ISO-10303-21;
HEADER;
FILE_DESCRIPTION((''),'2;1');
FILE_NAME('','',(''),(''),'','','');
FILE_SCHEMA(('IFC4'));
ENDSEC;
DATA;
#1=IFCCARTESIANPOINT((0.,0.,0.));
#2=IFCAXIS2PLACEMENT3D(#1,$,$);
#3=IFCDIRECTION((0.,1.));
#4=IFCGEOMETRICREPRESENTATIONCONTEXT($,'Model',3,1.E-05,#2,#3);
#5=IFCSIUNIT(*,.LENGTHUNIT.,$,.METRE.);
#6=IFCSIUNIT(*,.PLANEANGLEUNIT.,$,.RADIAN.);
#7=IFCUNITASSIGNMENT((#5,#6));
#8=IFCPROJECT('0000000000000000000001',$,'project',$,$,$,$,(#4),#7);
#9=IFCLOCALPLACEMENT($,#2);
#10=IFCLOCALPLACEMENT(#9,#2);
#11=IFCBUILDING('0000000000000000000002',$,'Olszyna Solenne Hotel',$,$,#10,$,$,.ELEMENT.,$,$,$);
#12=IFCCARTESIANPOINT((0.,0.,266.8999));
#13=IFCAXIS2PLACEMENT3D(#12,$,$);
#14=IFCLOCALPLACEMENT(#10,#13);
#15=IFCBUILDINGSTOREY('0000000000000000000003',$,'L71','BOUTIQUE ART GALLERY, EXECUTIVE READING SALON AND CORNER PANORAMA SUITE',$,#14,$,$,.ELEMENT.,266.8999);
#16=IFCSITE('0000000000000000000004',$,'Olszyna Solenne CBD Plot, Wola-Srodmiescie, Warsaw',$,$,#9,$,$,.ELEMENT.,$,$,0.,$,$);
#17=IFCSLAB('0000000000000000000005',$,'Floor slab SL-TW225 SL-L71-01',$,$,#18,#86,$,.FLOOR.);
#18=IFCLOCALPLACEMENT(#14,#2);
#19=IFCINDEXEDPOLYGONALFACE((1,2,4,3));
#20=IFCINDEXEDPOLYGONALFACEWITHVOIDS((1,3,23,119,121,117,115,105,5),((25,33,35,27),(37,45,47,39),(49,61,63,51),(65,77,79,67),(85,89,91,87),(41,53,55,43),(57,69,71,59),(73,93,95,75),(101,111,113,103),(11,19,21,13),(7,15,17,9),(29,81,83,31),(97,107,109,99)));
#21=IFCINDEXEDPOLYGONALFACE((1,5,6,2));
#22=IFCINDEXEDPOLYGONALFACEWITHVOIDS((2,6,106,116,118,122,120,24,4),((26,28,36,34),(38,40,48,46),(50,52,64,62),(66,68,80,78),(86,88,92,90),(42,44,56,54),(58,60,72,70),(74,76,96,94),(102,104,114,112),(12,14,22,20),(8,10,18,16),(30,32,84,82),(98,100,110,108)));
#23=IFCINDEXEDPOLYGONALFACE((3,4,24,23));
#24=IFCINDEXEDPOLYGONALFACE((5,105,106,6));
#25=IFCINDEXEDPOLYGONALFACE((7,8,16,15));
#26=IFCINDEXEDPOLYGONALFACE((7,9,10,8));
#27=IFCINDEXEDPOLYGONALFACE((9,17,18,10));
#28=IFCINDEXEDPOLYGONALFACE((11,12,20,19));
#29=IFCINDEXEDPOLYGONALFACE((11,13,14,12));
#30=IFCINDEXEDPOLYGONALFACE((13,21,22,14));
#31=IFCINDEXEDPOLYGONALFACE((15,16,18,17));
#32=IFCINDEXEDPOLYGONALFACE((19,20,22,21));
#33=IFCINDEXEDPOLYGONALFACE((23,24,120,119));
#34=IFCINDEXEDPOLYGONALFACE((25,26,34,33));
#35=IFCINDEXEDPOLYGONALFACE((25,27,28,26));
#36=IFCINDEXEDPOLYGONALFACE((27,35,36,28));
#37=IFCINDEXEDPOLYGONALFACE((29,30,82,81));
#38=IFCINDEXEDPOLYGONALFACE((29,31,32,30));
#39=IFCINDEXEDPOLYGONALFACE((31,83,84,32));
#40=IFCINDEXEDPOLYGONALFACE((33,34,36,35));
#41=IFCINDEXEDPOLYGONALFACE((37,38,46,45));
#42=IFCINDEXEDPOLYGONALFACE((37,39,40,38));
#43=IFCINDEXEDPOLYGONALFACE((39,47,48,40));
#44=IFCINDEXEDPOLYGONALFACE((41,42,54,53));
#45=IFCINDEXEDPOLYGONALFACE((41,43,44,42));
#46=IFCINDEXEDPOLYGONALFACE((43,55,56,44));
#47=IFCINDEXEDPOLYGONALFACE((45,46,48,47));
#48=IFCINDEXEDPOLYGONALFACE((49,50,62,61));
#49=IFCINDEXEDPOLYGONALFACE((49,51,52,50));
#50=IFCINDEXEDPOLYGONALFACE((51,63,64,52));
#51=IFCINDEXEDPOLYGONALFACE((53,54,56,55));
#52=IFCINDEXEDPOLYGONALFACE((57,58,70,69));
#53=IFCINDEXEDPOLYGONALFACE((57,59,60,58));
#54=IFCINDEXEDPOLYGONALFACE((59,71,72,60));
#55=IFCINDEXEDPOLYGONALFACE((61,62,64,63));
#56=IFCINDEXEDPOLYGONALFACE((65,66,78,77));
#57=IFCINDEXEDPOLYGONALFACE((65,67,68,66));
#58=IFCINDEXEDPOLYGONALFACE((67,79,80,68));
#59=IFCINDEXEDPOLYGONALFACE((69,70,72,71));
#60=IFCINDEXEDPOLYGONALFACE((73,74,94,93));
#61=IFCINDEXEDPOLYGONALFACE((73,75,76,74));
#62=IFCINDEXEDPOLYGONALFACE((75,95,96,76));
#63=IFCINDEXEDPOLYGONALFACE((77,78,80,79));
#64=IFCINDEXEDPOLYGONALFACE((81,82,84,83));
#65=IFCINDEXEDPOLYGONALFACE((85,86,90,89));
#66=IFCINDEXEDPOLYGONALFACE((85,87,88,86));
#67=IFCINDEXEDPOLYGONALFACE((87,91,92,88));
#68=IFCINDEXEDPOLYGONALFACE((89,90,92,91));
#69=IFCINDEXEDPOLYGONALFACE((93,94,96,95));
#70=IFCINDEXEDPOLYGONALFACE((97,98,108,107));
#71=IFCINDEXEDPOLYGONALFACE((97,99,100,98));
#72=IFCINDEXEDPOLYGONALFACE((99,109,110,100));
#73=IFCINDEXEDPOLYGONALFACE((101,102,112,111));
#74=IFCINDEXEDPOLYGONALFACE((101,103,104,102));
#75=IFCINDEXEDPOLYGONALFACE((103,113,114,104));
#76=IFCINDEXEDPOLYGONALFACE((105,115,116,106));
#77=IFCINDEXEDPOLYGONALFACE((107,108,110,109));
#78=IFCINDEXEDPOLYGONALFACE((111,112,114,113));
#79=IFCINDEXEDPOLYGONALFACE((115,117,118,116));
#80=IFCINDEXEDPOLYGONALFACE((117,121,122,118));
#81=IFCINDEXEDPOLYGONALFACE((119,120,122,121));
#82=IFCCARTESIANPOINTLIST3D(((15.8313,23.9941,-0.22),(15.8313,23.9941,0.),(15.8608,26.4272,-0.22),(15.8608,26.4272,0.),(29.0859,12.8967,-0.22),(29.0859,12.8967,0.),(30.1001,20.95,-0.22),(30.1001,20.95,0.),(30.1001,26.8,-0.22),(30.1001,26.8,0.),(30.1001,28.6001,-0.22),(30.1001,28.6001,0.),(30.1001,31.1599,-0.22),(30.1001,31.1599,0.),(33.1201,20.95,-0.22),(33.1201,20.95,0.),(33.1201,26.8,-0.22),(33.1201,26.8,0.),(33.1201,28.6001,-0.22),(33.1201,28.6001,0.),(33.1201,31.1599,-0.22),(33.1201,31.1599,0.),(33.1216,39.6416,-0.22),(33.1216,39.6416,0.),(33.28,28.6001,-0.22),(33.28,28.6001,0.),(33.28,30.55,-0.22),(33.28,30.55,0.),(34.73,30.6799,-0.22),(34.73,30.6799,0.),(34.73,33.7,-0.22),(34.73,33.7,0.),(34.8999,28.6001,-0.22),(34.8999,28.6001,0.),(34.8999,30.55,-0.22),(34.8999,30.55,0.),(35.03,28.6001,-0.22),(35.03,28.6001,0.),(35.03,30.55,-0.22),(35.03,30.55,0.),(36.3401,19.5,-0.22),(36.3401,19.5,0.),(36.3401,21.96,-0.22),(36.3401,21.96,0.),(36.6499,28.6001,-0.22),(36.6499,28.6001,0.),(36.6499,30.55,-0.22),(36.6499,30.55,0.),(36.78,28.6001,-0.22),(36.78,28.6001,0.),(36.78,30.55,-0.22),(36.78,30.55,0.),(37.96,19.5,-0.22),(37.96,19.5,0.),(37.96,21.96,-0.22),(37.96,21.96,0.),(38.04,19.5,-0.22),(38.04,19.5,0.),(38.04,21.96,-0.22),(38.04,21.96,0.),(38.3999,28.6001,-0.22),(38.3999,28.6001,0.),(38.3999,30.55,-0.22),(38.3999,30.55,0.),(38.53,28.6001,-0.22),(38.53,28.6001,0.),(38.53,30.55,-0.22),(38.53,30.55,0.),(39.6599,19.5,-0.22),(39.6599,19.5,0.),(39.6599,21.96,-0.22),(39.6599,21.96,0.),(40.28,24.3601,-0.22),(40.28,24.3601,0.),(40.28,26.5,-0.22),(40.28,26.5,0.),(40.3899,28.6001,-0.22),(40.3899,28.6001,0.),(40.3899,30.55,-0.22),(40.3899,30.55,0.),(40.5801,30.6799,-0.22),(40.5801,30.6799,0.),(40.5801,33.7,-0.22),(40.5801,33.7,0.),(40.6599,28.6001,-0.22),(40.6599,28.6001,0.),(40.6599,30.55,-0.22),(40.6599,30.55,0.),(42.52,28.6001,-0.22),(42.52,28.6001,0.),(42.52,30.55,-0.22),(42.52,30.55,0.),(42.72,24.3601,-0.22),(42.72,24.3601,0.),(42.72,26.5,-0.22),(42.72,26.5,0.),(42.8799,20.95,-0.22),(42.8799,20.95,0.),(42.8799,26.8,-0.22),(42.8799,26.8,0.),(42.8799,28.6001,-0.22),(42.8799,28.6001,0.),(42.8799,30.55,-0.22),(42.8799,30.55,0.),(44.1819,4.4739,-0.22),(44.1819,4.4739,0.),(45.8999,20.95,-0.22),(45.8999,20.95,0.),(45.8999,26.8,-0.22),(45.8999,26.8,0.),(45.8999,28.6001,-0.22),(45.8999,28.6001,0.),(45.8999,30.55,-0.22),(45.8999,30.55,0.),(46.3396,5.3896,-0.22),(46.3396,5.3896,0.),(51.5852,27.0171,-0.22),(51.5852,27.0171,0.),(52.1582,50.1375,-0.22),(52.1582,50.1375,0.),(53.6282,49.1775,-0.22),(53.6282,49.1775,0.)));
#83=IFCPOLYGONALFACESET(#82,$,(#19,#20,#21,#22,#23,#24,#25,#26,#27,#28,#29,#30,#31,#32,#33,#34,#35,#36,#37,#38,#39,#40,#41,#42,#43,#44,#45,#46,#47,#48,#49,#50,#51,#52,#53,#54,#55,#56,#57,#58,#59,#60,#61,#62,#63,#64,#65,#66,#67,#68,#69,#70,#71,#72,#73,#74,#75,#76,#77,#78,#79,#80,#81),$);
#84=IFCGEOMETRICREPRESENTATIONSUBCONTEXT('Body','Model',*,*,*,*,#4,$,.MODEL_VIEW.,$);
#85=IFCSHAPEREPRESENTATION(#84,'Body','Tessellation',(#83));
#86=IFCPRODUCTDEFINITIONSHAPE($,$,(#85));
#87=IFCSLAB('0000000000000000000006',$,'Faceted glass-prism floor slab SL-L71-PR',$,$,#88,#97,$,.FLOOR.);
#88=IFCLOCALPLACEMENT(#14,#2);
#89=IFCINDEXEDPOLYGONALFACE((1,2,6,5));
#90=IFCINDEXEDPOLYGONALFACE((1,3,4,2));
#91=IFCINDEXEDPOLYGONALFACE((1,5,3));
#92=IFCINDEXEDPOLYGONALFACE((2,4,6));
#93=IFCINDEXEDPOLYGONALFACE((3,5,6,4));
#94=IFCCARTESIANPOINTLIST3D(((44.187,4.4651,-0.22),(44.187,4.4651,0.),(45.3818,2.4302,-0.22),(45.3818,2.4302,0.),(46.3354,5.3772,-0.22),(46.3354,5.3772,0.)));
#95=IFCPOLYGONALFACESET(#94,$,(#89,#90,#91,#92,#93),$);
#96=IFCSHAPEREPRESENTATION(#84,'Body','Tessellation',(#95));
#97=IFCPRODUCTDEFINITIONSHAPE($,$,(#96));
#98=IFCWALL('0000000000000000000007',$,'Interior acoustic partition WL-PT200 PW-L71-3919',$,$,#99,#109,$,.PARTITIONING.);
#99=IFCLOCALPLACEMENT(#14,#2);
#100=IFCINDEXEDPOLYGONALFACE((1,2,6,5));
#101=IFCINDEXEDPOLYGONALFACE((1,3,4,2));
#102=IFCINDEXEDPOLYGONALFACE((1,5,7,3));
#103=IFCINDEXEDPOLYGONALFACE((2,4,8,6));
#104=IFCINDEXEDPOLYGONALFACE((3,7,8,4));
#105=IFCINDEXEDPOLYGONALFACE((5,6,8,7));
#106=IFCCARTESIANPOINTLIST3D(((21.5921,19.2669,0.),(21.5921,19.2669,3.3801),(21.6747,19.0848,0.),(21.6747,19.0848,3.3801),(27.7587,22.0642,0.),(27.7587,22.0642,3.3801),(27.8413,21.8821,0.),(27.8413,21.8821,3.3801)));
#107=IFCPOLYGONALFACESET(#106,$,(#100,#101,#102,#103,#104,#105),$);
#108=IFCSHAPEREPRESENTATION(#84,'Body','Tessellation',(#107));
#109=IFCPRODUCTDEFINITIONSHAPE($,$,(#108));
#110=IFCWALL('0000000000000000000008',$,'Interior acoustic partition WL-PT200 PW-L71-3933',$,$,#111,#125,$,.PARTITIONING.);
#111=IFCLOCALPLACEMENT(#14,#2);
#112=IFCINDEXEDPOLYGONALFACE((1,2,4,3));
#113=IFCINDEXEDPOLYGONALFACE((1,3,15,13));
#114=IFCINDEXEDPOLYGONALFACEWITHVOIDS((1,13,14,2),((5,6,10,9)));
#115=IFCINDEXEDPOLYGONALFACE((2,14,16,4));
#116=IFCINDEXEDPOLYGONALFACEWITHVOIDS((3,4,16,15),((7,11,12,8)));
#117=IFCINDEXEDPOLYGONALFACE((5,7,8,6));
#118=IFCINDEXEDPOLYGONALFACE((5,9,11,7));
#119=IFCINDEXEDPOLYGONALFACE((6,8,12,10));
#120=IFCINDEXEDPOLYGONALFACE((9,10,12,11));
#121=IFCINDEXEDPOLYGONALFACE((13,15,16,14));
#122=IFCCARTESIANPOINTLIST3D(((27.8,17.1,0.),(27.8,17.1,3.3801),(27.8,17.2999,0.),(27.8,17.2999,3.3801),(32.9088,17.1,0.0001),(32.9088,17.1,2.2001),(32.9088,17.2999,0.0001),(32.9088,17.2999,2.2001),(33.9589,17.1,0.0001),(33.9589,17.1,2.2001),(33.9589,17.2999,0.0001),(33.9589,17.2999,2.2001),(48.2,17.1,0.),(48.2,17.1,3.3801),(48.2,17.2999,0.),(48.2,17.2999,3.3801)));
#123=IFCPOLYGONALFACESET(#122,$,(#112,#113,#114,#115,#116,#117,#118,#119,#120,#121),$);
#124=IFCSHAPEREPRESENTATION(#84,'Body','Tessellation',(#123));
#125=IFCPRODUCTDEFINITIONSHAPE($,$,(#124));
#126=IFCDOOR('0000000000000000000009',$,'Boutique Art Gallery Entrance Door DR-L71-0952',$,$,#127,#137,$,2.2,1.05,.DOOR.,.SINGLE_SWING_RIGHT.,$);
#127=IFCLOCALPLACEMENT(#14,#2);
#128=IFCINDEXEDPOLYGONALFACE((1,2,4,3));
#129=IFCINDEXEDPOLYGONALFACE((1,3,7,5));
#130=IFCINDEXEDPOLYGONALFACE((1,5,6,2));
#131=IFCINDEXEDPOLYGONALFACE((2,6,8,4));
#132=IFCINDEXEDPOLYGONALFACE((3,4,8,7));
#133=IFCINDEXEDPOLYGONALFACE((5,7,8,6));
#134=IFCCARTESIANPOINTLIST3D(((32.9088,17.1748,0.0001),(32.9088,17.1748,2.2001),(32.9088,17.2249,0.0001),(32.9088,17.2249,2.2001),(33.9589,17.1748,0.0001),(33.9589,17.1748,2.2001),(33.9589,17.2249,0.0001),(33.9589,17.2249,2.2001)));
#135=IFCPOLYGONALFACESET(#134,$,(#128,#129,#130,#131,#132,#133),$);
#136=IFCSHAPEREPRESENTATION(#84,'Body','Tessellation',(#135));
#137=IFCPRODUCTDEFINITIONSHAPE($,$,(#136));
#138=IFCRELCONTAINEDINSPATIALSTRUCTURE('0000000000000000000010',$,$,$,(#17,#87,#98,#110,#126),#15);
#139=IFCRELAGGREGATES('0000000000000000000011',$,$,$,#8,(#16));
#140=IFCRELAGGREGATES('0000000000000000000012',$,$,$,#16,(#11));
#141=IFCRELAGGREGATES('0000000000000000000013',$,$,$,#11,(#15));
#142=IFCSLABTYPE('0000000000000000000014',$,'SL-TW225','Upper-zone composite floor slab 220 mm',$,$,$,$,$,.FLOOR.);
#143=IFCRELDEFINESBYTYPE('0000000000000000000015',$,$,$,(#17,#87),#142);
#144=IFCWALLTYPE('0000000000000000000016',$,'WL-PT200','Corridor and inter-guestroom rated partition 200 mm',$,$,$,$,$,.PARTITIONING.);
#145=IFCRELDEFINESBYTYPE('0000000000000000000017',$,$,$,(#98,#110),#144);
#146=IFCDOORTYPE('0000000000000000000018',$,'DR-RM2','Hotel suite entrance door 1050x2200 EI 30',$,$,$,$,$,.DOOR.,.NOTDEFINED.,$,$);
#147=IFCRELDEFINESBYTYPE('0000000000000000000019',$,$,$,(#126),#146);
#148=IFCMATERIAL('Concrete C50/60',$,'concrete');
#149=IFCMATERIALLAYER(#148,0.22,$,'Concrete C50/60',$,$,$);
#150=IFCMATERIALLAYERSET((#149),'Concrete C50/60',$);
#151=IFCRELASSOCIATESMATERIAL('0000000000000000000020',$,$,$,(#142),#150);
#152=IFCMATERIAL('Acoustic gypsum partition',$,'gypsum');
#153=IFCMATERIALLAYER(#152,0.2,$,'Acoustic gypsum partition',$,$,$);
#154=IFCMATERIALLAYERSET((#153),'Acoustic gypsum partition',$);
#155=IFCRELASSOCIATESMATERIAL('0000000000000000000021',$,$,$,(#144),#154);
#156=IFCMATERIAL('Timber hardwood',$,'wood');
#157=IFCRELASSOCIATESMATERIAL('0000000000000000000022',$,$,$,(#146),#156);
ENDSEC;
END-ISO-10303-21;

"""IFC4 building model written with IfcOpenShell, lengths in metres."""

from ifc_helpers import new_model, si_unit, direction, frame, frame_2d, origin, place, context, subcontext, project, spatial, polyline, rectangle, outline, extrude, source, transform, mapped, material, layer, layer_set, type_object, type_shapes, element, fill, save


model = new_model("IFC4")

# Units and contexts
model_context = context("Model", 3, precision=1e-05, world=origin(), true_north=direction((0.0, 1.0)))
body_context = subcontext(model_context, "Body", "Model", "MODEL_VIEW")
ifc_project = project(units=[si_unit("LENGTHUNIT", "METRE"), si_unit("PLANEANGLEUNIT", "RADIAN")], contexts=[model_context])

# Site, building, storey
site_placement = place(None, origin())
site = spatial("IfcSite", under=ifc_project, at=site_placement, Name="Olszyna Solenne CBD Plot, Wola-Srodmiescie, Warsaw", CompositionType="ELEMENT", RefElevation=0.0)
building_placement = place(site_placement, origin())
building = spatial("IfcBuilding", under=site, at=building_placement, Name="Olszyna Solenne Hotel", CompositionType="ELEMENT")
storey_placement = place(building_placement, frame((0.0, 0.0, 266.8999)))
storey = spatial("IfcBuildingStorey", under=building, at=storey_placement, Name="L71", Description="BOUTIQUE ART GALLERY, EXECUTIVE READING SALON AND CORNER PANORAMA SUITE", CompositionType="ELEMENT", Elevation=266.8999)

# Slabs
ifc_material_1 = material(Name="Concrete C50/60", Category="concrete")
ifc_layer_1 = layer(ifc_material_1, 0.22, Name="Concrete C50/60")
ifc_layer_set_1 = layer_set([ifc_layer_1], Name="Concrete C50/60")
slab_type_1 = type_object("IfcSlabType", Name="SL-TW225", Description="Upper-zone composite floor slab 220 mm", PredefinedType="FLOOR", material=ifc_layer_set_1)
slab_1_placement = place(storey_placement, frame((0.0, 0.0, -0.22)))
element("IfcSlab", 1, at=slab_1_placement, inside=storey, type_object=slab_type_1, Name="Floor slab SL-TW225 SL-L71-01", PredefinedType="FLOOR", context=body_context, shape_type="SweptSolid", body=[
    extrude(outline(polyline([(53.6282, 49.1775), (52.1582, 50.1375), (33.1216, 39.6416), (15.8608, 26.4272), (15.8313, 23.9941), (29.0859, 12.8967), (44.1819, 4.4739), (46.3396, 5.3896), (51.5852, 27.0171), (53.6282, 49.1775)]), holes=[polyline([(30.1001, 20.95), (33.1201, 20.95), (33.1201, 26.8), (30.1001, 26.8), (30.1001, 20.95)]), polyline([(42.8799, 20.95), (45.8999, 20.95), (45.8999, 26.8), (42.8799, 26.8), (42.8799, 20.95)]), polyline([(34.73, 30.6799), (40.5801, 30.6799), (40.5801, 33.7), (34.73, 33.7), (34.73, 30.6799)]), polyline([(36.3401, 19.5), (37.96, 19.5), (37.96, 21.96), (36.3401, 21.96), (36.3401, 19.5)]), polyline([(38.04, 19.5), (39.6599, 19.5), (39.6599, 21.96), (38.04, 21.96), (38.04, 19.5)]), polyline([(30.1001, 28.6001), (33.1201, 28.6001), (33.1201, 31.1599), (30.1001, 31.1599), (30.1001, 28.6001)]), polyline([(40.28, 24.3601), (42.72, 24.3601), (42.72, 26.5), (40.28, 26.5), (40.28, 24.3601)]), polyline([(33.28, 28.6001), (34.8999, 28.6001), (34.8999, 30.55), (33.28, 30.55), (33.28, 28.6001)]), polyline([(35.03, 28.6001), (36.6499, 28.6001), (36.6499, 30.55), (35.03, 30.55), (35.03, 28.6001)]), polyline([(36.78, 28.6001), (38.3999, 28.6001), (38.3999, 30.55), (36.78, 30.55), (36.78, 28.6001)]), polyline([(38.53, 28.6001), (40.3899, 28.6001), (40.3899, 30.55), (38.53, 30.55), (38.53, 28.6001)]), polyline([(40.6599, 28.6001), (42.52, 28.6001), (42.52, 30.55), (40.6599, 30.55), (40.6599, 28.6001)]), polyline([(42.8799, 28.6001), (45.8999, 28.6001), (45.8999, 30.55), (42.8799, 30.55), (42.8799, 28.6001)])]), origin(), (0.0, 0.0, 1.0), 0.22),
])
slab_2_placement = place(storey_placement, frame((0.0, 0.0, -0.22)))
element("IfcSlab", 2, at=slab_2_placement, inside=storey, type_object=slab_type_1, Name="Faceted glass-prism floor slab SL-L71-PR", PredefinedType="FLOOR", context=body_context, shape_type="SweptSolid", body=[
    extrude(outline(polyline([(46.3354, 5.3772), (44.187, 4.4651), (45.3818, 2.4302), (46.3354, 5.3772)])), origin(), (0.0, 0.0, 1.0), 0.22),
])

# Wall
ifc_material_2 = material(Name="Acoustic gypsum partition", Category="gypsum")
ifc_layer_2 = layer(ifc_material_2, 0.2, Name="Acoustic gypsum partition")
ifc_layer_set_2 = layer_set([ifc_layer_2], Name="Acoustic gypsum partition")
wall_type = type_object("IfcWallType", Name="WL-PT200", Description="Corridor and inter-guestroom rated partition 200 mm", PredefinedType="PARTITIONING", material=ifc_layer_set_2)
wall_1_placement = place(storey_placement, frame((27.8, 21.9731, 0.0), z_axis=(0.0, 0.0, 1.0), x_axis=(-0.910684, -0.413105, 0.0)))
element("IfcWall", 3, at=wall_1_placement, inside=storey, type_object=wall_type, Name="Interior acoustic partition WL-PT200 PW-L71-3919", PredefinedType="PARTITIONING", context=body_context, shape_type="SweptSolid", body=[
    extrude(rectangle(XDim=6.7715, YDim=0.2, at=frame_2d((3.3857, 0.0))), origin(), (0.0, 0.0, 1.0), 3.3801),
])

# Wall, opening, door
wall_2_placement = place(storey_placement, frame((27.8, 17.2, 0.0), z_axis=(0.0, 0.0, 1.0), x_axis=(1.0, 0.0, 0.0)))
wall_2 = element("IfcWall", 4, at=wall_2_placement, inside=storey, type_object=wall_type, Name="Interior acoustic partition WL-PT200 PW-L71-3933", PredefinedType="PARTITIONING", context=body_context, shape_type="SweptSolid", body=[
    extrude(rectangle(XDim=20.3999, YDim=0.2, at=frame_2d((10.2, 0.0))), origin(), (0.0, 0.0, 1.0), 3.3801),
])
opening_1_placement = place(wall_2_placement, frame((5.1089, 0.0, 0.0)))
opening_1 = element("IfcOpeningElement", 5, at=opening_1_placement, cuts=wall_2, PredefinedType="OPENING", context=body_context, shape_type="SweptSolid", body=[
    extrude(rectangle(XDim=1.05, YDim=2.2, at=frame_2d((0.5249, 1.1001))), frame((0.0, 0.1099, 0.0), z_axis=(0.0, -1.0, 0.0), x_axis=(1.0, 0.0, 0.0)), (0.0, 0.0, 1.0), 0.22),
])
ifc_material_3 = material(Name="Timber hardwood", Category="wood")
door_type = type_object("IfcDoorType", Name="DR-RM2", Description="Hotel suite entrance door 1050x2200 EI 30", OperationType="NOTDEFINED", PredefinedType="DOOR", material=ifc_material_3)
shared_shape_1 = source(origin(), body_context, "Body", "SweptSolid", [
    extrude(rectangle(XDim=1.05, YDim=2.2, at=frame_2d((0.5249, 1.1001))), frame((0.0, 0.0249, 0.0), z_axis=(0.0, -1.0, 0.0), x_axis=(1.0, 0.0, 0.0)), (0.0, 0.0, 1.0), 0.05),
])
type_shapes(door_type, [shared_shape_1])
door_1_placement = place(opening_1_placement, origin())
door_1 = element("IfcDoor", 6, at=door_1_placement, inside=storey, type_object=door_type, Name="Boutique Art Gallery Entrance Door DR-L71-0952", OperationType="SINGLE_SWING_RIGHT", OverallHeight=2.2, OverallWidth=1.05, PredefinedType="DOOR", context=body_context, shape_type="MappedRepresentation", body=[
    mapped(shared_shape_1, transform((0.0, 0.0, 0.0), x_axis=(1.0, 0.0, 0.0), y_axis=(0.0, 1.0, 0.0), z_axis=(0.0, 0.0, 1.0), scale=1.0)),
])
fill(opening_1, door_1)

save(model, "model.ifc")
